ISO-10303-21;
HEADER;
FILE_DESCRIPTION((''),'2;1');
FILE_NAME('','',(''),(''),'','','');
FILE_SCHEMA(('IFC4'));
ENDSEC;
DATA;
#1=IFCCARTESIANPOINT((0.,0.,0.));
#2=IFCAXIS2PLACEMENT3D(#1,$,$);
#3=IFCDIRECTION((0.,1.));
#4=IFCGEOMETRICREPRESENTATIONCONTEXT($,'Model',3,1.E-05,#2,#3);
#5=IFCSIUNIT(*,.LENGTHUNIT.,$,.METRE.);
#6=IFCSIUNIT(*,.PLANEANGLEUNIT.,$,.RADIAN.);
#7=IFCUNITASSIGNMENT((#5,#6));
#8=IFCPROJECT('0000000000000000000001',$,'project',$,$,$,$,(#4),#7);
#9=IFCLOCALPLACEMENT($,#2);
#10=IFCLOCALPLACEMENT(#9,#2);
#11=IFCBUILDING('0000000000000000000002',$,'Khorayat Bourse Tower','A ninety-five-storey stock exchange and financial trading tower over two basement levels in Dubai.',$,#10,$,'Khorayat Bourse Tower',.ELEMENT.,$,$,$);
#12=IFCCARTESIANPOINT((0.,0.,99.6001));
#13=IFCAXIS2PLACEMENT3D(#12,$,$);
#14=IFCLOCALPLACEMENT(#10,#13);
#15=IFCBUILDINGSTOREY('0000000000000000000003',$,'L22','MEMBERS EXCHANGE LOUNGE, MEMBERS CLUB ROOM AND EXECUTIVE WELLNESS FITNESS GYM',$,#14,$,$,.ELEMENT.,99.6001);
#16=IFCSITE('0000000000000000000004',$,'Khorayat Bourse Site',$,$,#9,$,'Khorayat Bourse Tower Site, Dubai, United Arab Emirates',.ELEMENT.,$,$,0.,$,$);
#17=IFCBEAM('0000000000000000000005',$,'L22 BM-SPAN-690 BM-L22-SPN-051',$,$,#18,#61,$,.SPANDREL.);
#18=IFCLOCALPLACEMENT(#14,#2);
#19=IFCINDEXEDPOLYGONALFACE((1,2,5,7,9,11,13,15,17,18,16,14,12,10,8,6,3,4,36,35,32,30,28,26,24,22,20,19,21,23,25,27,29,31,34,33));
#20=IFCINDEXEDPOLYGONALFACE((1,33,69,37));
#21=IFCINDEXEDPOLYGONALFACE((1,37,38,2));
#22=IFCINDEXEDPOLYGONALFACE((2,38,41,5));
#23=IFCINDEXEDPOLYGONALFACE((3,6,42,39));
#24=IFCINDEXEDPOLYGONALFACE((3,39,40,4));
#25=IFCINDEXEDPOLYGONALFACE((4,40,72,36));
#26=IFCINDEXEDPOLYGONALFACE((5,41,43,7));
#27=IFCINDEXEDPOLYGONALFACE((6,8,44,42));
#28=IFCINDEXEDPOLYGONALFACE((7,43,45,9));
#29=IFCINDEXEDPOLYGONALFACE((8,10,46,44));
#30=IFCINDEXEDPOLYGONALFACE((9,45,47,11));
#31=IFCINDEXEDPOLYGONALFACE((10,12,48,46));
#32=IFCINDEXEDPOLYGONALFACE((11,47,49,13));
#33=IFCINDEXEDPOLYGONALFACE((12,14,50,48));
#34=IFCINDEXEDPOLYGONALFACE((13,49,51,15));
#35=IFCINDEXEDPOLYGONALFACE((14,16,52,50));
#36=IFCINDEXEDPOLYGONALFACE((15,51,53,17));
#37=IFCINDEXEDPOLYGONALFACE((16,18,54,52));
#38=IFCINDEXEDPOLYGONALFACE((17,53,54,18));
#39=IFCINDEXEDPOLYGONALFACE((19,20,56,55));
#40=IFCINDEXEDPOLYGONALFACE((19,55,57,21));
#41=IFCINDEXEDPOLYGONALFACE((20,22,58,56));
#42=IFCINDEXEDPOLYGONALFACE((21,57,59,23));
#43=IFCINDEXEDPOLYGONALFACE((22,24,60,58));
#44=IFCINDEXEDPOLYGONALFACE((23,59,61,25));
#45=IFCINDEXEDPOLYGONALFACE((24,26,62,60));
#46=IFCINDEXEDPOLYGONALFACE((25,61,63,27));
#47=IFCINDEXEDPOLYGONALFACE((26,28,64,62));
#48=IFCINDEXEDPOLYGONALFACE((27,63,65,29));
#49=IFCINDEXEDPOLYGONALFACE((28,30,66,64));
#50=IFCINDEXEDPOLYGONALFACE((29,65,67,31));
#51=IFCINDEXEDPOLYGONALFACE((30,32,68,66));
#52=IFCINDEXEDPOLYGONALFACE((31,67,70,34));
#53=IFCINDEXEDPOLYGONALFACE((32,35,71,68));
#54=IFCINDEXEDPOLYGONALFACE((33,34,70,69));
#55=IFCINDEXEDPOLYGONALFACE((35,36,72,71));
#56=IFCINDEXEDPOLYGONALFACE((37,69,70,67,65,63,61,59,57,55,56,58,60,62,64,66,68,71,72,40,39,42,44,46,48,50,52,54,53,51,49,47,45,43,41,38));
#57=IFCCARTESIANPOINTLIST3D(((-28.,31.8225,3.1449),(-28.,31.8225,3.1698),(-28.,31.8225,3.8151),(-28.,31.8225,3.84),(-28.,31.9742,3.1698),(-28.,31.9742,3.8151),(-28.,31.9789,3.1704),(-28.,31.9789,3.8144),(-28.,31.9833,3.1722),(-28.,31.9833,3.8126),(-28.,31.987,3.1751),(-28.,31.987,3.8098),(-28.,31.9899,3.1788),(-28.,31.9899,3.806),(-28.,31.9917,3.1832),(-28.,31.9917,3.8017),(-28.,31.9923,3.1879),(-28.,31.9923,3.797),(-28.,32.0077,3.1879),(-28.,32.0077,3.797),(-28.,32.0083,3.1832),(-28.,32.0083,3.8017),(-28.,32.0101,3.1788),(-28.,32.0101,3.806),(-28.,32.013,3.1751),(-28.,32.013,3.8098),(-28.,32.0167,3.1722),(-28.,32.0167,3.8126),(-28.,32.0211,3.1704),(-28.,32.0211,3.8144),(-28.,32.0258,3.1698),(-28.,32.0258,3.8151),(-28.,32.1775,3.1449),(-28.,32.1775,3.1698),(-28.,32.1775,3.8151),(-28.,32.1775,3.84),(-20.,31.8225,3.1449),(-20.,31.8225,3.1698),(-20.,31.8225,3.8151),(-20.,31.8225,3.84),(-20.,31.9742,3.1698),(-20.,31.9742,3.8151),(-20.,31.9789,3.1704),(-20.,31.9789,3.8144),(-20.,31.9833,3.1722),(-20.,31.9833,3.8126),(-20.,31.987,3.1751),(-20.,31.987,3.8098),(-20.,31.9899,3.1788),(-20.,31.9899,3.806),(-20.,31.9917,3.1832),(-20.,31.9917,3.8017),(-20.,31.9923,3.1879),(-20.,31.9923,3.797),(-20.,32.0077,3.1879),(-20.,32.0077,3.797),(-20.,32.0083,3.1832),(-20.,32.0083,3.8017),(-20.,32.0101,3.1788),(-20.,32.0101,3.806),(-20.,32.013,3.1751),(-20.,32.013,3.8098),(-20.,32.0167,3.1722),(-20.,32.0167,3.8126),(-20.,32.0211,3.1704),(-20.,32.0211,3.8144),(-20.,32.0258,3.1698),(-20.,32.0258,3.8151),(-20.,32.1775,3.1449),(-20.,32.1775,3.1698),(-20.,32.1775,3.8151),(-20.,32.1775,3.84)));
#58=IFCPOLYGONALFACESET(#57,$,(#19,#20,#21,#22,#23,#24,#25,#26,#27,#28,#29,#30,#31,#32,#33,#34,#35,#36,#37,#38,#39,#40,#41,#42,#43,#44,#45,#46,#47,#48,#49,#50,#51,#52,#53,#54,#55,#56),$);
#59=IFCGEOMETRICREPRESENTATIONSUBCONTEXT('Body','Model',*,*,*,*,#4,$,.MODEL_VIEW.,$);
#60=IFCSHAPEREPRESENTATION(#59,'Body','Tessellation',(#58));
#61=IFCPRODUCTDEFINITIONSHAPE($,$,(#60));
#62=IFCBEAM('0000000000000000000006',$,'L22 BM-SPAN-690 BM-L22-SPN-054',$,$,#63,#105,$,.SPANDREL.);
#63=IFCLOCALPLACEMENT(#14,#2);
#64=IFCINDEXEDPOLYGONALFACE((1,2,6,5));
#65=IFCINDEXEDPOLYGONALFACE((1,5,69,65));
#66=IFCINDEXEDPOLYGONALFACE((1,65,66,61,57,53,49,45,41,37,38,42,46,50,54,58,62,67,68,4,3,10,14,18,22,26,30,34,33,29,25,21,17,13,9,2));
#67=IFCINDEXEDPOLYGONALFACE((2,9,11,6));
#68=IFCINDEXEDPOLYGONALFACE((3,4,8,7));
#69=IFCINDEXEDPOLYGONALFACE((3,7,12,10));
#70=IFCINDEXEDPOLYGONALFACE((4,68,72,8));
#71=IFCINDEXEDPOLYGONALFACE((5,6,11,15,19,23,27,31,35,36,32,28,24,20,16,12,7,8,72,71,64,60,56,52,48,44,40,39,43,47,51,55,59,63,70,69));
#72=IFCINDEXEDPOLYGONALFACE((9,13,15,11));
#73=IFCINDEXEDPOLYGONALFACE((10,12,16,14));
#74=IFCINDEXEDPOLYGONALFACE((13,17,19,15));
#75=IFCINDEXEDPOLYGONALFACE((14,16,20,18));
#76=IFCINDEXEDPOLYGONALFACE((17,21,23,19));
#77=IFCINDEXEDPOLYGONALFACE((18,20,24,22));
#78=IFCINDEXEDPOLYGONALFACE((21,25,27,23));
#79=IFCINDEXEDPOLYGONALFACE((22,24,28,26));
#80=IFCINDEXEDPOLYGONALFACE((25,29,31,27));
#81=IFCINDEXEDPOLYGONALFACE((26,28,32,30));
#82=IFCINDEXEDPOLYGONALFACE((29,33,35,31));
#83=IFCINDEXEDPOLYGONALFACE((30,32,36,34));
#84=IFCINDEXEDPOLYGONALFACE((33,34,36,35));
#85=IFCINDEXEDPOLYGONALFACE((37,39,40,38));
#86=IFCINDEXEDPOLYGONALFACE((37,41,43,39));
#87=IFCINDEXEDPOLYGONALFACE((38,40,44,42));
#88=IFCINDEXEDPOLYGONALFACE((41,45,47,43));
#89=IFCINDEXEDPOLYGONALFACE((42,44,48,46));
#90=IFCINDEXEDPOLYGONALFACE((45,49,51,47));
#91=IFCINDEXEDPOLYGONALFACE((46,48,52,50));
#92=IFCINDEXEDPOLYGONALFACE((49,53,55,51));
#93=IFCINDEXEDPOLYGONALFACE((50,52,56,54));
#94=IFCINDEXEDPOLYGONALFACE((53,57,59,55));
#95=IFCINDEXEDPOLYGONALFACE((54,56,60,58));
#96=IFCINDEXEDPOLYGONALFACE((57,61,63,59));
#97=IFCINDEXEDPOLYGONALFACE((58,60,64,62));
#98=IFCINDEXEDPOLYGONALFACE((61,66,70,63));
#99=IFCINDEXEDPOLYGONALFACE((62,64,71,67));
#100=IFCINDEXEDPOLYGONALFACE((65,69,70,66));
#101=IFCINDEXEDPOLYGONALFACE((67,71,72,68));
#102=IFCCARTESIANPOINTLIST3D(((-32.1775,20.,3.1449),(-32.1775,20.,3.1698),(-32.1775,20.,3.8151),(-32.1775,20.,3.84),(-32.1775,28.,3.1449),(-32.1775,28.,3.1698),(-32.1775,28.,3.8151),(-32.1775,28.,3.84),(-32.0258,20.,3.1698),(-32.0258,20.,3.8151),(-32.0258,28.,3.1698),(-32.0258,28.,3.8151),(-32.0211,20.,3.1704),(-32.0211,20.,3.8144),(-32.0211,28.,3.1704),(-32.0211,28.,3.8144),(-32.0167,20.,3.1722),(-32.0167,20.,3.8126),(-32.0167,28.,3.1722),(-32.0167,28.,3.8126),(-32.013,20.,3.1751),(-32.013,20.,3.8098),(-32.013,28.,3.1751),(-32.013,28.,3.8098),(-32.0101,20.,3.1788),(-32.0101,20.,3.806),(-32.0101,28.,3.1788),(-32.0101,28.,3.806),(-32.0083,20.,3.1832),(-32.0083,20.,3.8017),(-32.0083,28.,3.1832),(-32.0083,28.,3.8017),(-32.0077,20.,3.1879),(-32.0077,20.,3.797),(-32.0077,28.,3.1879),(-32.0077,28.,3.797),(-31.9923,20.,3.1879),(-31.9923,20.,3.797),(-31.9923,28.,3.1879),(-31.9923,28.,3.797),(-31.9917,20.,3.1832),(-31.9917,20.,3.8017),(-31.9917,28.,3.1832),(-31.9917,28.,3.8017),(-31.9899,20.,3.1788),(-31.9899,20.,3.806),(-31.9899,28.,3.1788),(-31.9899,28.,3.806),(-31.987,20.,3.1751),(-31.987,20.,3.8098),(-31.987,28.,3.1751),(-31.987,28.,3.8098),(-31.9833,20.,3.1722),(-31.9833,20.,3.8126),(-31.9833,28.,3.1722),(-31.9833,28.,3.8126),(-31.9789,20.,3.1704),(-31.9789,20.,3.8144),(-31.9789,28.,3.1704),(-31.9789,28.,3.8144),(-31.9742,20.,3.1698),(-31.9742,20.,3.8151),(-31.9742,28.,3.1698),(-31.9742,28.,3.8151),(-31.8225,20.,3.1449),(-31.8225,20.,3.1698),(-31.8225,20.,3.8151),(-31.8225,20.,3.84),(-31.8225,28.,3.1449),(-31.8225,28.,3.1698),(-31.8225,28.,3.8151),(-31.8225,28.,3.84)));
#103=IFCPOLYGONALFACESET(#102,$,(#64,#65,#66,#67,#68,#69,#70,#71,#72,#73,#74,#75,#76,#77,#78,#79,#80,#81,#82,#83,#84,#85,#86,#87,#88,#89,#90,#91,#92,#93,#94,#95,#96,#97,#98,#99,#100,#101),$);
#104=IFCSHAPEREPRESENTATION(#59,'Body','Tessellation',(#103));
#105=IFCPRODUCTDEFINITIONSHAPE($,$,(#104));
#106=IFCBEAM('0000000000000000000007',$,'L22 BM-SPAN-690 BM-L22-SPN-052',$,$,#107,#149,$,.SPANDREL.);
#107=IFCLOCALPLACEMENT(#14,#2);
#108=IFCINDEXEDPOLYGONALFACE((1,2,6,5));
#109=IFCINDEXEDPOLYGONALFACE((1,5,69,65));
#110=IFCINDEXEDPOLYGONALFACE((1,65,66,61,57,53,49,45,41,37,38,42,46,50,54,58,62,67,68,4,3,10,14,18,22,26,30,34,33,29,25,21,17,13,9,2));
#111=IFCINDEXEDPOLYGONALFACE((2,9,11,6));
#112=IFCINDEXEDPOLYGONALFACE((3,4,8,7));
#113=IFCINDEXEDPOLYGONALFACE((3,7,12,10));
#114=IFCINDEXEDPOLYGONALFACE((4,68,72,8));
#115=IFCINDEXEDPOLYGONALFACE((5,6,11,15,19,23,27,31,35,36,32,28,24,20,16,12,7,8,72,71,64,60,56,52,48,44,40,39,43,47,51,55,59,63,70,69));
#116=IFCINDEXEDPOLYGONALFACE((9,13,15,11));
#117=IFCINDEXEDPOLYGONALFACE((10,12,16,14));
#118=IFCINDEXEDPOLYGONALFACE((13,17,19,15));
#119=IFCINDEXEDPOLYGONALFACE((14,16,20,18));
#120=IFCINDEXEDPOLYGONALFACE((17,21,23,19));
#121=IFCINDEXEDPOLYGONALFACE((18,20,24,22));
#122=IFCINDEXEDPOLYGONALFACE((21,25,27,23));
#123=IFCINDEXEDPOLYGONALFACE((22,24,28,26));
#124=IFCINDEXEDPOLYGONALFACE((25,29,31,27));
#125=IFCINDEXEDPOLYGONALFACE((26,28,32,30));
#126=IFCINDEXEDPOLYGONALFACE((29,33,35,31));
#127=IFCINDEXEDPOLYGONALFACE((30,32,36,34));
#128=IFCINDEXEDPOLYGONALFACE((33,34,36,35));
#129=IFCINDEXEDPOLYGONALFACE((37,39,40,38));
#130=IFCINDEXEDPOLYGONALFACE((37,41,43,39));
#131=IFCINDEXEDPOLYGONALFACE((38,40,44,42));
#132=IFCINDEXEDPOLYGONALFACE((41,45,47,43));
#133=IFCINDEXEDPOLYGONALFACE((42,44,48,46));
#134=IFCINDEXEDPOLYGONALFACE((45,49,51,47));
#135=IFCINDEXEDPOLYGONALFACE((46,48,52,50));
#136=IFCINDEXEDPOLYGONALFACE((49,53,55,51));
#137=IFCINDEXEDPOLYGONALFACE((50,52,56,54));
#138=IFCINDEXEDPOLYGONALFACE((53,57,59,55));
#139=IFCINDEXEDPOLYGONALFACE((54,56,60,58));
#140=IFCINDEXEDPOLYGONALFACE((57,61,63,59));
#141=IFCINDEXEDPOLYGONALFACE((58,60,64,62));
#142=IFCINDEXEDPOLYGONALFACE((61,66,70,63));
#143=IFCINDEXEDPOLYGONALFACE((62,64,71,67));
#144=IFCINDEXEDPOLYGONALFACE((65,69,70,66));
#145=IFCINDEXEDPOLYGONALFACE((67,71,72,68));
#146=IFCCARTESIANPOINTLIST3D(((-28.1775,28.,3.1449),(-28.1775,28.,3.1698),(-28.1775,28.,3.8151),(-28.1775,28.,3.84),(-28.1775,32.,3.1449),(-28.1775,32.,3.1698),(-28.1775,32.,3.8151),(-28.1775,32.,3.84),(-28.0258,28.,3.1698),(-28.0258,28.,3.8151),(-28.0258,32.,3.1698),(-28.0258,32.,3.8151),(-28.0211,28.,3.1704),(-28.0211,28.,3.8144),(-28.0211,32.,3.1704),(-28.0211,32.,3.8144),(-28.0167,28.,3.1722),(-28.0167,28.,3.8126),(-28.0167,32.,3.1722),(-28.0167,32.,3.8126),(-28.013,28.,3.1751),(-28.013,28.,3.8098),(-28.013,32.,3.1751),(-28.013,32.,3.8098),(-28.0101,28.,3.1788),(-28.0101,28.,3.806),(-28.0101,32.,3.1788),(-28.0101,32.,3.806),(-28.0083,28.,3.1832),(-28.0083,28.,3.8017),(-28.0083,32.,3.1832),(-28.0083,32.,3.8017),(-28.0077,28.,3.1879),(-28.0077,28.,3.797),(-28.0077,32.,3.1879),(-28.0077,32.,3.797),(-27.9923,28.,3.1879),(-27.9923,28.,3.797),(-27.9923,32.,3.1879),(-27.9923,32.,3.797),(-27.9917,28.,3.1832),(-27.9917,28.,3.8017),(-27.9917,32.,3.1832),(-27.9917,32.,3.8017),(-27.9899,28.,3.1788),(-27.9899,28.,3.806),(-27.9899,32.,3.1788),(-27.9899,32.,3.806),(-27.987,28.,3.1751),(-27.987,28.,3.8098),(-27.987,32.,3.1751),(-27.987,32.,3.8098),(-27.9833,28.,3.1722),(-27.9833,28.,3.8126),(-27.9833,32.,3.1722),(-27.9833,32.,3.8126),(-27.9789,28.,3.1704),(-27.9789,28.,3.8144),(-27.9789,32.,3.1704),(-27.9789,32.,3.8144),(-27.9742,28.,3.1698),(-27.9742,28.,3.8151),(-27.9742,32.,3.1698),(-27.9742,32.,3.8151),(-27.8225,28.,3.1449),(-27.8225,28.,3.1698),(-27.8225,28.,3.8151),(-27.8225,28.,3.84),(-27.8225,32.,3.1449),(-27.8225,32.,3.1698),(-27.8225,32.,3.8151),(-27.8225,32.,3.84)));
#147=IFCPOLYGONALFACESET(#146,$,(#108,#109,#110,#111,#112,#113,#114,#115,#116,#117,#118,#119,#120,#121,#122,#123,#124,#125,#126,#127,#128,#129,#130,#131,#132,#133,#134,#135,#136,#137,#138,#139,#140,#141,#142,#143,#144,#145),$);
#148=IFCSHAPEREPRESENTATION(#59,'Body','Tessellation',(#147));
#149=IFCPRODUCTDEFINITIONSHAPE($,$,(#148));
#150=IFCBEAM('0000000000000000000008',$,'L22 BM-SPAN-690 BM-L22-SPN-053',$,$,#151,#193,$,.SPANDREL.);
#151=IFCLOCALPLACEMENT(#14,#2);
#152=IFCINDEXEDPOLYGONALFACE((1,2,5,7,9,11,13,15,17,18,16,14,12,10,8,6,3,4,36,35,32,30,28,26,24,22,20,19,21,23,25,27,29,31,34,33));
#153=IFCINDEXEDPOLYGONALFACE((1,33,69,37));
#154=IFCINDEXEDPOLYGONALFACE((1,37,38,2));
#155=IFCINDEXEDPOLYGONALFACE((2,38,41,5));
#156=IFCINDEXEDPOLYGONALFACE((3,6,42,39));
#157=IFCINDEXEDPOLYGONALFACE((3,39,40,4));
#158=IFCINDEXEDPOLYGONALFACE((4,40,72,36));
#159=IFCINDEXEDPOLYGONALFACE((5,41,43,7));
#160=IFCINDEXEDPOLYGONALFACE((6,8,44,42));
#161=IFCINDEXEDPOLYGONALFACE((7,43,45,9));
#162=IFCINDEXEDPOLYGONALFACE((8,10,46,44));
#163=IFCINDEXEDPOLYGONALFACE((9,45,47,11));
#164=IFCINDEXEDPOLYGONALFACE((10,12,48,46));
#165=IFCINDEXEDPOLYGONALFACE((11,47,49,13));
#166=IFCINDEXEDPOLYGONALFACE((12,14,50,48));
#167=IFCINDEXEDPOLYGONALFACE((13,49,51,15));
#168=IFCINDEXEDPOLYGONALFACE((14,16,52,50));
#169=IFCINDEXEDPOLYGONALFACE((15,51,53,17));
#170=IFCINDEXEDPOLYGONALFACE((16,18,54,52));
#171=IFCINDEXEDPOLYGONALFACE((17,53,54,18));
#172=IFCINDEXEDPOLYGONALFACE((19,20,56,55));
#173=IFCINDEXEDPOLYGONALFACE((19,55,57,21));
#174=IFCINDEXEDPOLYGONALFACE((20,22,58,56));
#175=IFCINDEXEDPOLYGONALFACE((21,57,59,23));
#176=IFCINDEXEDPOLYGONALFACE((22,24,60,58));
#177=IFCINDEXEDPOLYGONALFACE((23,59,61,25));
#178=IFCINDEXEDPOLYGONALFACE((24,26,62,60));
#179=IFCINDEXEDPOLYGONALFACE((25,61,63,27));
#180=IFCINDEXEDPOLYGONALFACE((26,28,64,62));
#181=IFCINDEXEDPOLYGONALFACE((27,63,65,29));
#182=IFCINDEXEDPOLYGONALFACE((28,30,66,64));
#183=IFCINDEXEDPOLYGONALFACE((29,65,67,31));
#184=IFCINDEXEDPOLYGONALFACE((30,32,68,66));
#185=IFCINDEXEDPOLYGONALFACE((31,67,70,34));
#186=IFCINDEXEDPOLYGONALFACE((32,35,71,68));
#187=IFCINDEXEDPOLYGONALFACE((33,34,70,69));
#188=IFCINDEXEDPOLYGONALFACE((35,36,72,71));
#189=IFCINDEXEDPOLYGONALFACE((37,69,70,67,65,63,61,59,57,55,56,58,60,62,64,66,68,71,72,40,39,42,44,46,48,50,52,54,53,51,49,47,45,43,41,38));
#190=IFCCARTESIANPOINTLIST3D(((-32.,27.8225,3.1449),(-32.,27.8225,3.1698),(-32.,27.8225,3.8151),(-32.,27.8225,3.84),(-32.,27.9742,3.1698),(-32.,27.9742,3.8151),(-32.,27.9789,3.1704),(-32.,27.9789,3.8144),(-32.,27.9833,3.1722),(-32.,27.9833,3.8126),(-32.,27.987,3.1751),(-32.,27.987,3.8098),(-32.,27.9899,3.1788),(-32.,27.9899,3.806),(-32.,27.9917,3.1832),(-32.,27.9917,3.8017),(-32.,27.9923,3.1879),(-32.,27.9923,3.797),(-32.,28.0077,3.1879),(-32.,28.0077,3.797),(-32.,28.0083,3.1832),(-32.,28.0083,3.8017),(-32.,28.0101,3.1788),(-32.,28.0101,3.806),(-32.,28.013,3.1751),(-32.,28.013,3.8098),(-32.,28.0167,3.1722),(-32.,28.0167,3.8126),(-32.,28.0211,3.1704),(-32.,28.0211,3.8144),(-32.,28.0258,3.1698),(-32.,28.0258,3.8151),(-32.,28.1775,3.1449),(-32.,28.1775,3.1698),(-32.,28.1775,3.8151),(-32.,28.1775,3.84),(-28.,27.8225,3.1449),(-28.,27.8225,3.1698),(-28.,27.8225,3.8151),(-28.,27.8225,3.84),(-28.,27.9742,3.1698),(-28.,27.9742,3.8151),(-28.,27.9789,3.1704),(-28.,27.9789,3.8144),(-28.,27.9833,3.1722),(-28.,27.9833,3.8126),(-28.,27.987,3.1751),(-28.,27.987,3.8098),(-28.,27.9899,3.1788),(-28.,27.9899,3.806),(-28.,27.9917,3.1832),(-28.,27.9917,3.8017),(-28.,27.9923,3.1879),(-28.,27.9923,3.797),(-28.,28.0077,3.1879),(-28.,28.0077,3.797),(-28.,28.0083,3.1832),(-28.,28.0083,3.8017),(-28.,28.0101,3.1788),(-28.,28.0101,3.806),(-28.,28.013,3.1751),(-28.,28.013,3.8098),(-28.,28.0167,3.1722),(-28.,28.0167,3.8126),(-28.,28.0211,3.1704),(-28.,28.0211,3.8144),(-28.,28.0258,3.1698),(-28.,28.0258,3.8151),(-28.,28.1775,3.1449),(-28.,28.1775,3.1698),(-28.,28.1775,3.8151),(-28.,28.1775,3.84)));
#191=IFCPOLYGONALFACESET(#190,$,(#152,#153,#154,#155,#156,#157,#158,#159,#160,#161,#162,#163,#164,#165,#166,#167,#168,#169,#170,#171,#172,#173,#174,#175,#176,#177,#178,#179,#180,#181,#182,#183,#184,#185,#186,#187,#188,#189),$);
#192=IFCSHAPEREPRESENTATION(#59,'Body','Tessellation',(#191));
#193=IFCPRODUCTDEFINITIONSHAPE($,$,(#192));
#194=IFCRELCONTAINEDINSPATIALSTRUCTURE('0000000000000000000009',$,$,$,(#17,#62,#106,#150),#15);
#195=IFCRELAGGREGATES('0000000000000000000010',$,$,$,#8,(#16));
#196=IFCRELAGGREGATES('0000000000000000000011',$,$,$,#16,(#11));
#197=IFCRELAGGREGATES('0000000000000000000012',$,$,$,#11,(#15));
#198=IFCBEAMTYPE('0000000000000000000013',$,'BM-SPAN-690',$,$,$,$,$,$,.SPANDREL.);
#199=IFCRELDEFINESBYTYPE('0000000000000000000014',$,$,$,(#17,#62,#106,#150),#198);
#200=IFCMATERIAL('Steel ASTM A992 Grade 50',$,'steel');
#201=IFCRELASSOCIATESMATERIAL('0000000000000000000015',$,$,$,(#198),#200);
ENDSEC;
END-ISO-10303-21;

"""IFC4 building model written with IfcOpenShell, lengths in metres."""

from ifc_helpers import new_model, si_unit, direction, frame, origin, origin_2d, place, context, subcontext, project, spatial, i_section, extrude, source, transform, mapped, material, material_profile, profile_set, type_object, element, save


model = new_model("IFC4")

# Units and contexts
model_context = context("Model", 3, precision=1e-05, world=origin(), true_north=direction((0.0, 1.0)))
body_context = subcontext(model_context, "Body", "Model", "MODEL_VIEW")
ifc_project = project(units=[si_unit("LENGTHUNIT", "METRE"), si_unit("PLANEANGLEUNIT", "RADIAN")], contexts=[model_context])

# Site, building, storey
site_placement = place(None, origin())
site = spatial("IfcSite", under=ifc_project, at=site_placement, Name="Khorayat Bourse Site", LongName="Khorayat Bourse Tower Site, Dubai, United Arab Emirates", CompositionType="ELEMENT", RefElevation=0.0)
building_placement = place(site_placement, origin())
building = spatial("IfcBuilding", under=site, at=building_placement, Name="Khorayat Bourse Tower", Description="A ninety-five-storey stock exchange and financial trading tower over two basement levels in Dubai.", LongName="Khorayat Bourse Tower", CompositionType="ELEMENT")
storey_placement = place(building_placement, frame((0.0, 0.0, 99.6001)))
storey = spatial("IfcBuildingStorey", under=building, at=storey_placement, Name="L22", Description="MEMBERS EXCHANGE LOUNGE, MEMBERS CLUB ROOM AND EXECUTIVE WELLNESS FITNESS GYM", CompositionType="ELEMENT", Elevation=99.6001)

# Beams
ifc_material_1 = material(Name="Steel ASTM A992 Grade 50", Category="steel")
ifc_material_profile_1 = material_profile(ifc_material_1, i_section(OverallWidth=0.355, OverallDepth=0.6951, WebThickness=0.0154, FlangeThickness=0.0249, FilletRadius=0.0181, at=origin_2d()), Name="W690X217")
ifc_profile_set_1 = profile_set([ifc_material_profile_1], Name="Steel ASTM A992 Grade 50")
beam_type_1 = type_object("IfcBeamType", Name="BM-SPAN-690", PredefinedType="SPANDREL", material=ifc_profile_set_1)
shared_shape_1 = source(origin(), body_context, "Body", "SweptSolid", [
    extrude(i_section(OverallWidth=0.355, OverallDepth=0.6951, WebThickness=0.0154, FlangeThickness=0.0249, FilletRadius=0.0181, at=origin_2d()), origin(), (0.0, 0.0, 1.0), 8.0),
])
for number, where, z_axis, x_axis, name in (
    (1, (-28.0, 32.0, 3.4924), (1.0, 0.0, 0.0), (0.0, 1.0, 0.0), "L22 BM-SPAN-690 BM-L22-SPN-051"),
    (2, (-32.0, 20.0, 3.4924), (0.0, 1.0, 0.0), (-1.0, 0.0, 0.0), "L22 BM-SPAN-690 BM-L22-SPN-054"),
):
    element("IfcBeam", number, at=place(storey_placement, frame(where, z_axis=z_axis, x_axis=x_axis)), inside=storey, type_object=beam_type_1, Name=name, PredefinedType="SPANDREL", context=body_context, shape_type="MappedRepresentation", body=[
        mapped(shared_shape_1, transform((0.0, 0.0, 0.0), scale=1.0)),
    ])
shared_shape_2 = source(origin(), body_context, "Body", "SweptSolid", [
    extrude(i_section(OverallWidth=0.355, OverallDepth=0.6951, WebThickness=0.0154, FlangeThickness=0.0249, FilletRadius=0.0181, at=origin_2d()), origin(), (0.0, 0.0, 1.0), 4.0),
])
for number, where, z_axis, x_axis, name in (
    (3, (-28.0, 28.0, 3.4924), (0.0, 1.0, 0.0), (-1.0, 0.0, 0.0), "L22 BM-SPAN-690 BM-L22-SPN-052"),
    (4, (-32.0, 28.0, 3.4924), (1.0, 0.0, 0.0), (0.0, 1.0, 0.0), "L22 BM-SPAN-690 BM-L22-SPN-053"),
):
    element("IfcBeam", number, at=place(storey_placement, frame(where, z_axis=z_axis, x_axis=x_axis)), inside=storey, type_object=beam_type_1, Name=name, PredefinedType="SPANDREL", context=body_context, shape_type="MappedRepresentation", body=[
        mapped(shared_shape_2, transform((0.0, 0.0, 0.0), scale=1.0)),
    ])

save(model, "model.ifc")
